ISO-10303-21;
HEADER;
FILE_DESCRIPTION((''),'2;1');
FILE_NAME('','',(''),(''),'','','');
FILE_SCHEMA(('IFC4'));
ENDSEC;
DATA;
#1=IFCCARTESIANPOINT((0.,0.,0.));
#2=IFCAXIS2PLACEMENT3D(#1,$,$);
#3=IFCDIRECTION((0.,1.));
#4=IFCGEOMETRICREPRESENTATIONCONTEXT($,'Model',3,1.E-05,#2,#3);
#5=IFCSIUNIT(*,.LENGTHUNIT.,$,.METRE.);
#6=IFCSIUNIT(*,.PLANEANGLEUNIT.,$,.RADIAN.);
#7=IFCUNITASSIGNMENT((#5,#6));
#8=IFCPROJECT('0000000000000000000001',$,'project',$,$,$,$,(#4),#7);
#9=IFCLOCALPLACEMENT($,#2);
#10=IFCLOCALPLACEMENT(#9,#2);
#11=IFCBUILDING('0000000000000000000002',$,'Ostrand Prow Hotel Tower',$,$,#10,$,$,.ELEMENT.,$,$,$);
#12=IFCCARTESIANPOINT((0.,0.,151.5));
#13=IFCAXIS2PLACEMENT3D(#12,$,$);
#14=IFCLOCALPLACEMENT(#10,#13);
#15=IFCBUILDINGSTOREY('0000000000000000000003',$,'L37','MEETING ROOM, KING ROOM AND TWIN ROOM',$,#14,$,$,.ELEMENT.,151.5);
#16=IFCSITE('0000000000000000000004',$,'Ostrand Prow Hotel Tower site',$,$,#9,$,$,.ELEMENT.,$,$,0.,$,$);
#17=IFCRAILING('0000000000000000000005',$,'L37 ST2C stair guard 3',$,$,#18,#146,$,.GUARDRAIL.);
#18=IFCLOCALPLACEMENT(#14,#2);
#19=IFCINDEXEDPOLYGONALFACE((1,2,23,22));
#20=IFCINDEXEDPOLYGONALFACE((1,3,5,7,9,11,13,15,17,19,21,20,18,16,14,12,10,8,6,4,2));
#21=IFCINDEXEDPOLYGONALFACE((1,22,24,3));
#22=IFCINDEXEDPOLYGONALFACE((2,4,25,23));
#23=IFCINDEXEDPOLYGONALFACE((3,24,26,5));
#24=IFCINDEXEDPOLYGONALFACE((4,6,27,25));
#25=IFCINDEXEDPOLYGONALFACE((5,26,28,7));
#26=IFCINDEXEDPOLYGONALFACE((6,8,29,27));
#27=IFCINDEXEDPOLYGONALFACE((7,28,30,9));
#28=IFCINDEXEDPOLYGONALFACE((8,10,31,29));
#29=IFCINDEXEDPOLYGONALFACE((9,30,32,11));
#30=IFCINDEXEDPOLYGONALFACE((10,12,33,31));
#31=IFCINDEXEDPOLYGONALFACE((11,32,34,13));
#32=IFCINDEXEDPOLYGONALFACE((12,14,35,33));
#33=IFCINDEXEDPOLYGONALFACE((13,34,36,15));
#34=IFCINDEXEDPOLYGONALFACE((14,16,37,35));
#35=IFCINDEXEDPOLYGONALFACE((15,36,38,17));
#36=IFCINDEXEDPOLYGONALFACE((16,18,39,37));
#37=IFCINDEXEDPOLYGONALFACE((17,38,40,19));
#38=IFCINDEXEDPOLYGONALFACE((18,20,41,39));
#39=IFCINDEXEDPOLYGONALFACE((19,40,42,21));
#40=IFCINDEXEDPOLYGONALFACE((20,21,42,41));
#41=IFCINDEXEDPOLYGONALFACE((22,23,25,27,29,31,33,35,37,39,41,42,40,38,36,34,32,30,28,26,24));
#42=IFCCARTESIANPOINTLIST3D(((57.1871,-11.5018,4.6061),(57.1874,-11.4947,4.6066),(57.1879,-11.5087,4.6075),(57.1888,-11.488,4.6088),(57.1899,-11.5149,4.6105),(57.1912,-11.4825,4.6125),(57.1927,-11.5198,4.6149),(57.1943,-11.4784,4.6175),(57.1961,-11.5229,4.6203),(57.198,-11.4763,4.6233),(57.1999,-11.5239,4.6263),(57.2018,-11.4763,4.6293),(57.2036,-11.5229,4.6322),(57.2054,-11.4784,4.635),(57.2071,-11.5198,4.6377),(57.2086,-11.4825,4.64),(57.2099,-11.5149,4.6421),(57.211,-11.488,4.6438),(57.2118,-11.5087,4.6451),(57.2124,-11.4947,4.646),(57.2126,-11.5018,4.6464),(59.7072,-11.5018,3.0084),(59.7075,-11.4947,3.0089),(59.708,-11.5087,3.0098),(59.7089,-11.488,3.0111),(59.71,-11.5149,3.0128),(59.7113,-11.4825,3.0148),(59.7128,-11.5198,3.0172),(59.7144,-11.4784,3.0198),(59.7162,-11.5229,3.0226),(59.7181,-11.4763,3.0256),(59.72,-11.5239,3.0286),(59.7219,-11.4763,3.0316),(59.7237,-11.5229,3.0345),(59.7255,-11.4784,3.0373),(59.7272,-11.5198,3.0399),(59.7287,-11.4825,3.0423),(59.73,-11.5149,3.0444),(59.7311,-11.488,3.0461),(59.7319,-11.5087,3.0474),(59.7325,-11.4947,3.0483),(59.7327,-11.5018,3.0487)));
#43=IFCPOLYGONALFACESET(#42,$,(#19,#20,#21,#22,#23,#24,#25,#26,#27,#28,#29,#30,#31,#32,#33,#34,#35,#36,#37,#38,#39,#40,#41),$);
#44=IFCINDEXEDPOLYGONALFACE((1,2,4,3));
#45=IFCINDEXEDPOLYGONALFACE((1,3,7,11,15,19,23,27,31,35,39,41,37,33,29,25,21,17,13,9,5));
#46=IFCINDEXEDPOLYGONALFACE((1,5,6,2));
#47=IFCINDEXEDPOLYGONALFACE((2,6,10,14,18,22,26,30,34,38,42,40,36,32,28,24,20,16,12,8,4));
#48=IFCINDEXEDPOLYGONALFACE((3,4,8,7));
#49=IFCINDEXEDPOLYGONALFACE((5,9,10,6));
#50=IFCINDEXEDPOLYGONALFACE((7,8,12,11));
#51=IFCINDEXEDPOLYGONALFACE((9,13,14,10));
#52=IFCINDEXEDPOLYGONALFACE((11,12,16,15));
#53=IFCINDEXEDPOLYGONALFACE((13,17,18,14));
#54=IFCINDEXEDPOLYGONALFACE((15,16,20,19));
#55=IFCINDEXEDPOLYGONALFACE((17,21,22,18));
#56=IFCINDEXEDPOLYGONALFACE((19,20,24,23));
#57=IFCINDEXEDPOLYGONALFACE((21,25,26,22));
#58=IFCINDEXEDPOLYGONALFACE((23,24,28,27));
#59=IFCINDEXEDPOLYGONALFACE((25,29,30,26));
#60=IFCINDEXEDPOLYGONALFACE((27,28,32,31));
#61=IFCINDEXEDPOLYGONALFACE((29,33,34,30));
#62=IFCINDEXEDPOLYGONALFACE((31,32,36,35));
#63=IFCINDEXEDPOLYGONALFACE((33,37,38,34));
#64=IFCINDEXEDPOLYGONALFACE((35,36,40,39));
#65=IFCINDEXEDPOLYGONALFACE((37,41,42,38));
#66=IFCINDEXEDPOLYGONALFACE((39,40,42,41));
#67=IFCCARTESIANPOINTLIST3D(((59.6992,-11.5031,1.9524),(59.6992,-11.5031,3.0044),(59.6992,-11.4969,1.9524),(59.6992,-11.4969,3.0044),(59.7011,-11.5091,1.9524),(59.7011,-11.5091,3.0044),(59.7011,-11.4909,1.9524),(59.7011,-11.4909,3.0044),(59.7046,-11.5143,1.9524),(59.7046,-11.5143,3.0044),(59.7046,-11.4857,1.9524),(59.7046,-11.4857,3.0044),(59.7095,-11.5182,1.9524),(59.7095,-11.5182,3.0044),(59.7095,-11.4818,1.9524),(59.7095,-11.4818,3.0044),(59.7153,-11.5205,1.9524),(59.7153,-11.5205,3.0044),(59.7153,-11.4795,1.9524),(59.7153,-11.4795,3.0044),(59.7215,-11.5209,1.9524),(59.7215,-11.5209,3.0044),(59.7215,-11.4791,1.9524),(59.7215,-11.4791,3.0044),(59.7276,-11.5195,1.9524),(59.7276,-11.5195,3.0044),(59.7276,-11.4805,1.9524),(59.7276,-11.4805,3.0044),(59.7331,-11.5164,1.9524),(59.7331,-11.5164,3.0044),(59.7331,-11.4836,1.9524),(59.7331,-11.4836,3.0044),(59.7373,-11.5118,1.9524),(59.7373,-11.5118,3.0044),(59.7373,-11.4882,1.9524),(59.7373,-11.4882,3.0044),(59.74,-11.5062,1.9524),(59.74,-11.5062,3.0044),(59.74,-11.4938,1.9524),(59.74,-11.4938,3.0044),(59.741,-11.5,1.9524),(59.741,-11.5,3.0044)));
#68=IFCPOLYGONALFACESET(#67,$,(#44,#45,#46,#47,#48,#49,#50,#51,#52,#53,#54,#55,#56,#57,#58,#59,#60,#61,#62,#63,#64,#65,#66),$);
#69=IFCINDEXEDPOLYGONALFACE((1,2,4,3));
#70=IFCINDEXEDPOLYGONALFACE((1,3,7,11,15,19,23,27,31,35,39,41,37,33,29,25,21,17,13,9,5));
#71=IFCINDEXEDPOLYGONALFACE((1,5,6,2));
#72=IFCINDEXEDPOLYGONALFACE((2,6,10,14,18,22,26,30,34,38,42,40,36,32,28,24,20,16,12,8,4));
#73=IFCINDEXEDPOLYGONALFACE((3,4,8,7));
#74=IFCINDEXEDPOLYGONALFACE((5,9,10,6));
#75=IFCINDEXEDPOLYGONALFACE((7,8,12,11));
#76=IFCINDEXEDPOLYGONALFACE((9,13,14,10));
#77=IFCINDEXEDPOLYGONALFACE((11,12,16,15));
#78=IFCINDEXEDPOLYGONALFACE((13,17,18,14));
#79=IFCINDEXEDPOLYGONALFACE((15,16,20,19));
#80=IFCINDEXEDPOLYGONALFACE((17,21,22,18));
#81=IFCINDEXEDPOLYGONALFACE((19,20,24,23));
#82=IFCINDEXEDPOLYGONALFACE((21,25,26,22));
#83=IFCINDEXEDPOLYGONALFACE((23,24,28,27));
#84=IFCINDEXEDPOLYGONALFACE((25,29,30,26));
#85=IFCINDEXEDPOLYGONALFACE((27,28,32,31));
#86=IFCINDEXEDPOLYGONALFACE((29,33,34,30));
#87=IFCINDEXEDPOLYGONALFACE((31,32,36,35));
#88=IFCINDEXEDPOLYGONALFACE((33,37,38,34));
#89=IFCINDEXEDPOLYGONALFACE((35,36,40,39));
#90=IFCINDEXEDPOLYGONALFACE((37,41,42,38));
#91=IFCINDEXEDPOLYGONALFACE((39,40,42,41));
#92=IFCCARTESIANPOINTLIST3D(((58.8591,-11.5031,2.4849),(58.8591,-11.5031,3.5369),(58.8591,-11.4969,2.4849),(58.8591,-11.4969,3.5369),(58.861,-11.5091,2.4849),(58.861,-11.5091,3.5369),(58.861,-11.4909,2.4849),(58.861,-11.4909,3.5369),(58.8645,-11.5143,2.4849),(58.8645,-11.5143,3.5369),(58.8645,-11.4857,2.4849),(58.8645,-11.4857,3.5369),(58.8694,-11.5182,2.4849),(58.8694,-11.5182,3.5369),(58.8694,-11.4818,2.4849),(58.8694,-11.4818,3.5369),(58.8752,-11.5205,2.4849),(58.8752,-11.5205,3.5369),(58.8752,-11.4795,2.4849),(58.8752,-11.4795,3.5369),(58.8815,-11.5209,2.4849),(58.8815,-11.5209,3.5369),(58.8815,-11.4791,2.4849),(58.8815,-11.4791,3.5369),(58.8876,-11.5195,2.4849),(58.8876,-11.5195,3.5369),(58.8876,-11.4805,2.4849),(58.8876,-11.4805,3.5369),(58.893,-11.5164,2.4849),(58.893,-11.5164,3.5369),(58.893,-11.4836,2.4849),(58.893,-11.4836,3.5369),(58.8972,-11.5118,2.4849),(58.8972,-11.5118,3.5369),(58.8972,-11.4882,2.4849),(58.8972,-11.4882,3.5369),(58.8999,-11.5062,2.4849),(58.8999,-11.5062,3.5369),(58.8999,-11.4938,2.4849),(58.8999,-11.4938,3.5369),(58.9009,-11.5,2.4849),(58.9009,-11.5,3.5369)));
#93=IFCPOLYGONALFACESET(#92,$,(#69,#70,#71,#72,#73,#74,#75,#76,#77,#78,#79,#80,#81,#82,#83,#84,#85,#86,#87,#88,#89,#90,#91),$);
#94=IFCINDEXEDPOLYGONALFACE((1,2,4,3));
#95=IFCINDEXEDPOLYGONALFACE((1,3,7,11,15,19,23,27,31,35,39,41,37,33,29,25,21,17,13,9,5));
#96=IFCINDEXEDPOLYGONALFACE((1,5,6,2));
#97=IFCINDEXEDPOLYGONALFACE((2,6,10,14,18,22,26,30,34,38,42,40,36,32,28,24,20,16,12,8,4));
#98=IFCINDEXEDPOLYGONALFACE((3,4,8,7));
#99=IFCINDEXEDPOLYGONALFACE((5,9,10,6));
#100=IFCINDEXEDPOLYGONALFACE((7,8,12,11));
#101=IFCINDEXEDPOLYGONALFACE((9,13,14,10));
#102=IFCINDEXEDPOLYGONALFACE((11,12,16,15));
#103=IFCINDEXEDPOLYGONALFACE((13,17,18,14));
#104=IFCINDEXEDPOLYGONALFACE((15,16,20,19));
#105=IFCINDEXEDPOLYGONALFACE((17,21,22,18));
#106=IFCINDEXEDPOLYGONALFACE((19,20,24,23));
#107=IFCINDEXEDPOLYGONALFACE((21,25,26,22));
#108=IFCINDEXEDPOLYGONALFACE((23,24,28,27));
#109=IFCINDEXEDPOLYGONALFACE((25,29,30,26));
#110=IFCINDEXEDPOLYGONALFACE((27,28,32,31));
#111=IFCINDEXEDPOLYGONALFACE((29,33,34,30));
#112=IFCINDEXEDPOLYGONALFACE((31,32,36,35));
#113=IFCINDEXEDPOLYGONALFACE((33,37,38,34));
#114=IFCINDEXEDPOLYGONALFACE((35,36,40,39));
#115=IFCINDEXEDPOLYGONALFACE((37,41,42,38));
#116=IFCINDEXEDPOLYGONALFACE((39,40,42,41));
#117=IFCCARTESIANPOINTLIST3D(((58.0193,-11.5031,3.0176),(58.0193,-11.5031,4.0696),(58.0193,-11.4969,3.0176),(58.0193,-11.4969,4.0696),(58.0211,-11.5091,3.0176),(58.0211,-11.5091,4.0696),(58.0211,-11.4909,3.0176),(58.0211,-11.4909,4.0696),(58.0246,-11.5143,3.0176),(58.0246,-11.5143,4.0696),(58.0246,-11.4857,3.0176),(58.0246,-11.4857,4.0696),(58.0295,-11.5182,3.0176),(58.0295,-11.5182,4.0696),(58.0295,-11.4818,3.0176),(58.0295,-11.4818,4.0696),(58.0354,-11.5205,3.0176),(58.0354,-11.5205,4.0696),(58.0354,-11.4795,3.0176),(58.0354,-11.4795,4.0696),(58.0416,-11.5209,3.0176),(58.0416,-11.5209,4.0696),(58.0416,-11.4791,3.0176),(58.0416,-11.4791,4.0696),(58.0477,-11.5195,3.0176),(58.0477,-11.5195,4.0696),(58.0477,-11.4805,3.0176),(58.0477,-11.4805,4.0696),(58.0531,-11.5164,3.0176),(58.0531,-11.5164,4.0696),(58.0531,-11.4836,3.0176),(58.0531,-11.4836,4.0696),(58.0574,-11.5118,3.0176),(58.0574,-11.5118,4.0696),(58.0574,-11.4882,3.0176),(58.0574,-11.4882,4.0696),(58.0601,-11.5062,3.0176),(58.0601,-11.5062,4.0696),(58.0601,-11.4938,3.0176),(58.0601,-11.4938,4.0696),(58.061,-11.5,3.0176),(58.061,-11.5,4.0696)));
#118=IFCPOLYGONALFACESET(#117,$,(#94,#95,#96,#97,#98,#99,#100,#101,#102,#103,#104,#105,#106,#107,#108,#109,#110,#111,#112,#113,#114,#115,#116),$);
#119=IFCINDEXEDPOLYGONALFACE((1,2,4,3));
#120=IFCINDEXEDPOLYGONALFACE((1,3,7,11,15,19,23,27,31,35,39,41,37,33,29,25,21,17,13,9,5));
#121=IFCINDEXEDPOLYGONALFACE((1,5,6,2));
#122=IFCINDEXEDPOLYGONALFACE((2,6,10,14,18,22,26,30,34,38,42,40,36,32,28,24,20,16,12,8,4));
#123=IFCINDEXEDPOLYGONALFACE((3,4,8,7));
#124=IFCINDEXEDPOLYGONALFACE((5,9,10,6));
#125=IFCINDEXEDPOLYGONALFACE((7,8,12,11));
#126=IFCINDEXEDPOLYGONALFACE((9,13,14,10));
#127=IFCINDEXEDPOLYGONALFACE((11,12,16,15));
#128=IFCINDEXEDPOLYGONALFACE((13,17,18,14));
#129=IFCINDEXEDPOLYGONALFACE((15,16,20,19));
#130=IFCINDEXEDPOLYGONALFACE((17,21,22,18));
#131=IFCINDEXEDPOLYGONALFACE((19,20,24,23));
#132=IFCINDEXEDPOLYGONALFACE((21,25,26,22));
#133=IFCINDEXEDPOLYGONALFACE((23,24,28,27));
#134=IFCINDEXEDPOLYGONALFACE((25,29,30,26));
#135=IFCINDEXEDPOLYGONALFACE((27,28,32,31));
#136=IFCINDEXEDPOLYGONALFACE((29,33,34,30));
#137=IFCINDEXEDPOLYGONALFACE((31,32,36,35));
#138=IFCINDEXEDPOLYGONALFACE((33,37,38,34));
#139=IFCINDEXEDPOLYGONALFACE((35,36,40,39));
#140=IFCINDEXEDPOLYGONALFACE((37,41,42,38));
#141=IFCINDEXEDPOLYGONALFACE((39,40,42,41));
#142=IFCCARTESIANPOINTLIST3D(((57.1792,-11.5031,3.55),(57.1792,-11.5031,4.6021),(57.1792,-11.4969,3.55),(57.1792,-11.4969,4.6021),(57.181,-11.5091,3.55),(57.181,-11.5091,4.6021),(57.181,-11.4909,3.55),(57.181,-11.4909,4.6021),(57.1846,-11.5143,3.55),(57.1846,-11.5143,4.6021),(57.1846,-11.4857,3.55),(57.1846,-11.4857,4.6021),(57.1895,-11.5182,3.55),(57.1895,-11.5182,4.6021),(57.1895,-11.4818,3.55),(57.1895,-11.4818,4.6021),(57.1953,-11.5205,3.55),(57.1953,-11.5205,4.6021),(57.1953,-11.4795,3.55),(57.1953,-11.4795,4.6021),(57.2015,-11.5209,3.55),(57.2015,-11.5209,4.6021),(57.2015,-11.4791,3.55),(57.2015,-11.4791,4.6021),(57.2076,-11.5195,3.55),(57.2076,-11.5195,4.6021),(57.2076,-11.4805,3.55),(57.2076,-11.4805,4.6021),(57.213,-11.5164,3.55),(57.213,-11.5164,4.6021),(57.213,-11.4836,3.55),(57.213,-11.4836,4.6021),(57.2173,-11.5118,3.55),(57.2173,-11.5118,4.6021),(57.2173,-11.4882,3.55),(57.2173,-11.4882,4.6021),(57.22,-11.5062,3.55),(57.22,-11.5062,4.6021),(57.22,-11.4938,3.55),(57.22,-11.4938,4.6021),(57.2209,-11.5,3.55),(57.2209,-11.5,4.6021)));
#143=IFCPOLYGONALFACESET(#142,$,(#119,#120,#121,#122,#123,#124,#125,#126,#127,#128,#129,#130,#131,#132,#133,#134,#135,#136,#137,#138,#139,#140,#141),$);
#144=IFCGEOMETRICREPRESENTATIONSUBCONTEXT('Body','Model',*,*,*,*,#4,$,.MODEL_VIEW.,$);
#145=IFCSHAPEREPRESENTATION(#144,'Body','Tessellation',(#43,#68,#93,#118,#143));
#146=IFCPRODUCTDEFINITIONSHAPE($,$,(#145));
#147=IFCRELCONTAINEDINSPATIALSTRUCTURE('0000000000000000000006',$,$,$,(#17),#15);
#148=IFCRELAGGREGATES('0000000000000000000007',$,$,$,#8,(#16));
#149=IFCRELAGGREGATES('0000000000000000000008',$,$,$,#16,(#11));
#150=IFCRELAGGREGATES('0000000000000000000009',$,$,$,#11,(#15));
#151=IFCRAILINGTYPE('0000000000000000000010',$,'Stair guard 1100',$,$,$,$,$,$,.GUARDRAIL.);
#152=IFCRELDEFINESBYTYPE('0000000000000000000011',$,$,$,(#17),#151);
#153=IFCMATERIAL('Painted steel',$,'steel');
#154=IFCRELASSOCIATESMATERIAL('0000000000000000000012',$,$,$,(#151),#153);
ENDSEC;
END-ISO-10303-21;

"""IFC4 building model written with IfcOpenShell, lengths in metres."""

from ifc_helpers import new_model, si_unit, direction, frame, origin, origin_2d, place, context, subcontext, project, spatial, circle, extrude, material, type_object, element, save


model = new_model("IFC4")

# Units and contexts
model_context = context("Model", 3, precision=1e-05, world=origin(), true_north=direction((0.0, 1.0)))
body_context = subcontext(model_context, "Body", "Model", "MODEL_VIEW")
ifc_project = project(units=[si_unit("LENGTHUNIT", "METRE"), si_unit("PLANEANGLEUNIT", "RADIAN")], contexts=[model_context])

# Site, building, storey
site_placement = place(None, origin())
site = spatial("IfcSite", under=ifc_project, at=site_placement, Name="Ostrand Prow Hotel Tower site", CompositionType="ELEMENT", RefElevation=0.0)
building_placement = place(site_placement, origin())
building = spatial("IfcBuilding", under=site, at=building_placement, Name="Ostrand Prow Hotel Tower", CompositionType="ELEMENT")
storey_placement = place(building_placement, frame((0.0, 0.0, 151.5)))
storey = spatial("IfcBuildingStorey", under=building, at=storey_placement, Name="L37", Description="MEETING ROOM, KING ROOM AND TWIN ROOM", CompositionType="ELEMENT", Elevation=151.5)

# Railing
ifc_material_1 = material(Name="Painted steel", Category="steel")
railing_type_1 = type_object("IfcRailingType", Name="Stair guard 1100", PredefinedType="GUARDRAIL", material=ifc_material_1)
railing_1_placement = place(storey_placement, frame((59.72, -11.5, 1.9524)))
element("IfcRailing", 1, at=railing_1_placement, inside=storey, type_object=railing_type_1, Name="L37 ST2C stair guard 3", PredefinedType="GUARDRAIL", context=body_context, shape_type="SweptSolid", body=[
    extrude(circle(Radius=0.0239, at=origin_2d()), frame((0.0, 0.0, 1.0762), z_axis=(-0.84457, 0.0, 0.535445), x_axis=(0.0, -1.0, 0.0)), (0.0, 0.0, 1.0), 2.9839),
    extrude(circle(Radius=0.021, at=origin_2d()), origin(), (0.0, 0.0, 1.0), 1.052),
    extrude(circle(Radius=0.021, at=origin_2d()), frame((-0.8401, 0.0, 0.5325)), (0.0, 0.0, 1.0), 1.052),
    extrude(circle(Radius=0.021, at=origin_2d()), frame((-1.6799, 0.0, 1.0652)), (0.0, 0.0, 1.0), 1.052),
    extrude(circle(Radius=0.021, at=origin_2d()), frame((-2.52, 0.0, 1.5977)), (0.0, 0.0, 1.0), 1.052),
])

save(model, "model.ifc")
